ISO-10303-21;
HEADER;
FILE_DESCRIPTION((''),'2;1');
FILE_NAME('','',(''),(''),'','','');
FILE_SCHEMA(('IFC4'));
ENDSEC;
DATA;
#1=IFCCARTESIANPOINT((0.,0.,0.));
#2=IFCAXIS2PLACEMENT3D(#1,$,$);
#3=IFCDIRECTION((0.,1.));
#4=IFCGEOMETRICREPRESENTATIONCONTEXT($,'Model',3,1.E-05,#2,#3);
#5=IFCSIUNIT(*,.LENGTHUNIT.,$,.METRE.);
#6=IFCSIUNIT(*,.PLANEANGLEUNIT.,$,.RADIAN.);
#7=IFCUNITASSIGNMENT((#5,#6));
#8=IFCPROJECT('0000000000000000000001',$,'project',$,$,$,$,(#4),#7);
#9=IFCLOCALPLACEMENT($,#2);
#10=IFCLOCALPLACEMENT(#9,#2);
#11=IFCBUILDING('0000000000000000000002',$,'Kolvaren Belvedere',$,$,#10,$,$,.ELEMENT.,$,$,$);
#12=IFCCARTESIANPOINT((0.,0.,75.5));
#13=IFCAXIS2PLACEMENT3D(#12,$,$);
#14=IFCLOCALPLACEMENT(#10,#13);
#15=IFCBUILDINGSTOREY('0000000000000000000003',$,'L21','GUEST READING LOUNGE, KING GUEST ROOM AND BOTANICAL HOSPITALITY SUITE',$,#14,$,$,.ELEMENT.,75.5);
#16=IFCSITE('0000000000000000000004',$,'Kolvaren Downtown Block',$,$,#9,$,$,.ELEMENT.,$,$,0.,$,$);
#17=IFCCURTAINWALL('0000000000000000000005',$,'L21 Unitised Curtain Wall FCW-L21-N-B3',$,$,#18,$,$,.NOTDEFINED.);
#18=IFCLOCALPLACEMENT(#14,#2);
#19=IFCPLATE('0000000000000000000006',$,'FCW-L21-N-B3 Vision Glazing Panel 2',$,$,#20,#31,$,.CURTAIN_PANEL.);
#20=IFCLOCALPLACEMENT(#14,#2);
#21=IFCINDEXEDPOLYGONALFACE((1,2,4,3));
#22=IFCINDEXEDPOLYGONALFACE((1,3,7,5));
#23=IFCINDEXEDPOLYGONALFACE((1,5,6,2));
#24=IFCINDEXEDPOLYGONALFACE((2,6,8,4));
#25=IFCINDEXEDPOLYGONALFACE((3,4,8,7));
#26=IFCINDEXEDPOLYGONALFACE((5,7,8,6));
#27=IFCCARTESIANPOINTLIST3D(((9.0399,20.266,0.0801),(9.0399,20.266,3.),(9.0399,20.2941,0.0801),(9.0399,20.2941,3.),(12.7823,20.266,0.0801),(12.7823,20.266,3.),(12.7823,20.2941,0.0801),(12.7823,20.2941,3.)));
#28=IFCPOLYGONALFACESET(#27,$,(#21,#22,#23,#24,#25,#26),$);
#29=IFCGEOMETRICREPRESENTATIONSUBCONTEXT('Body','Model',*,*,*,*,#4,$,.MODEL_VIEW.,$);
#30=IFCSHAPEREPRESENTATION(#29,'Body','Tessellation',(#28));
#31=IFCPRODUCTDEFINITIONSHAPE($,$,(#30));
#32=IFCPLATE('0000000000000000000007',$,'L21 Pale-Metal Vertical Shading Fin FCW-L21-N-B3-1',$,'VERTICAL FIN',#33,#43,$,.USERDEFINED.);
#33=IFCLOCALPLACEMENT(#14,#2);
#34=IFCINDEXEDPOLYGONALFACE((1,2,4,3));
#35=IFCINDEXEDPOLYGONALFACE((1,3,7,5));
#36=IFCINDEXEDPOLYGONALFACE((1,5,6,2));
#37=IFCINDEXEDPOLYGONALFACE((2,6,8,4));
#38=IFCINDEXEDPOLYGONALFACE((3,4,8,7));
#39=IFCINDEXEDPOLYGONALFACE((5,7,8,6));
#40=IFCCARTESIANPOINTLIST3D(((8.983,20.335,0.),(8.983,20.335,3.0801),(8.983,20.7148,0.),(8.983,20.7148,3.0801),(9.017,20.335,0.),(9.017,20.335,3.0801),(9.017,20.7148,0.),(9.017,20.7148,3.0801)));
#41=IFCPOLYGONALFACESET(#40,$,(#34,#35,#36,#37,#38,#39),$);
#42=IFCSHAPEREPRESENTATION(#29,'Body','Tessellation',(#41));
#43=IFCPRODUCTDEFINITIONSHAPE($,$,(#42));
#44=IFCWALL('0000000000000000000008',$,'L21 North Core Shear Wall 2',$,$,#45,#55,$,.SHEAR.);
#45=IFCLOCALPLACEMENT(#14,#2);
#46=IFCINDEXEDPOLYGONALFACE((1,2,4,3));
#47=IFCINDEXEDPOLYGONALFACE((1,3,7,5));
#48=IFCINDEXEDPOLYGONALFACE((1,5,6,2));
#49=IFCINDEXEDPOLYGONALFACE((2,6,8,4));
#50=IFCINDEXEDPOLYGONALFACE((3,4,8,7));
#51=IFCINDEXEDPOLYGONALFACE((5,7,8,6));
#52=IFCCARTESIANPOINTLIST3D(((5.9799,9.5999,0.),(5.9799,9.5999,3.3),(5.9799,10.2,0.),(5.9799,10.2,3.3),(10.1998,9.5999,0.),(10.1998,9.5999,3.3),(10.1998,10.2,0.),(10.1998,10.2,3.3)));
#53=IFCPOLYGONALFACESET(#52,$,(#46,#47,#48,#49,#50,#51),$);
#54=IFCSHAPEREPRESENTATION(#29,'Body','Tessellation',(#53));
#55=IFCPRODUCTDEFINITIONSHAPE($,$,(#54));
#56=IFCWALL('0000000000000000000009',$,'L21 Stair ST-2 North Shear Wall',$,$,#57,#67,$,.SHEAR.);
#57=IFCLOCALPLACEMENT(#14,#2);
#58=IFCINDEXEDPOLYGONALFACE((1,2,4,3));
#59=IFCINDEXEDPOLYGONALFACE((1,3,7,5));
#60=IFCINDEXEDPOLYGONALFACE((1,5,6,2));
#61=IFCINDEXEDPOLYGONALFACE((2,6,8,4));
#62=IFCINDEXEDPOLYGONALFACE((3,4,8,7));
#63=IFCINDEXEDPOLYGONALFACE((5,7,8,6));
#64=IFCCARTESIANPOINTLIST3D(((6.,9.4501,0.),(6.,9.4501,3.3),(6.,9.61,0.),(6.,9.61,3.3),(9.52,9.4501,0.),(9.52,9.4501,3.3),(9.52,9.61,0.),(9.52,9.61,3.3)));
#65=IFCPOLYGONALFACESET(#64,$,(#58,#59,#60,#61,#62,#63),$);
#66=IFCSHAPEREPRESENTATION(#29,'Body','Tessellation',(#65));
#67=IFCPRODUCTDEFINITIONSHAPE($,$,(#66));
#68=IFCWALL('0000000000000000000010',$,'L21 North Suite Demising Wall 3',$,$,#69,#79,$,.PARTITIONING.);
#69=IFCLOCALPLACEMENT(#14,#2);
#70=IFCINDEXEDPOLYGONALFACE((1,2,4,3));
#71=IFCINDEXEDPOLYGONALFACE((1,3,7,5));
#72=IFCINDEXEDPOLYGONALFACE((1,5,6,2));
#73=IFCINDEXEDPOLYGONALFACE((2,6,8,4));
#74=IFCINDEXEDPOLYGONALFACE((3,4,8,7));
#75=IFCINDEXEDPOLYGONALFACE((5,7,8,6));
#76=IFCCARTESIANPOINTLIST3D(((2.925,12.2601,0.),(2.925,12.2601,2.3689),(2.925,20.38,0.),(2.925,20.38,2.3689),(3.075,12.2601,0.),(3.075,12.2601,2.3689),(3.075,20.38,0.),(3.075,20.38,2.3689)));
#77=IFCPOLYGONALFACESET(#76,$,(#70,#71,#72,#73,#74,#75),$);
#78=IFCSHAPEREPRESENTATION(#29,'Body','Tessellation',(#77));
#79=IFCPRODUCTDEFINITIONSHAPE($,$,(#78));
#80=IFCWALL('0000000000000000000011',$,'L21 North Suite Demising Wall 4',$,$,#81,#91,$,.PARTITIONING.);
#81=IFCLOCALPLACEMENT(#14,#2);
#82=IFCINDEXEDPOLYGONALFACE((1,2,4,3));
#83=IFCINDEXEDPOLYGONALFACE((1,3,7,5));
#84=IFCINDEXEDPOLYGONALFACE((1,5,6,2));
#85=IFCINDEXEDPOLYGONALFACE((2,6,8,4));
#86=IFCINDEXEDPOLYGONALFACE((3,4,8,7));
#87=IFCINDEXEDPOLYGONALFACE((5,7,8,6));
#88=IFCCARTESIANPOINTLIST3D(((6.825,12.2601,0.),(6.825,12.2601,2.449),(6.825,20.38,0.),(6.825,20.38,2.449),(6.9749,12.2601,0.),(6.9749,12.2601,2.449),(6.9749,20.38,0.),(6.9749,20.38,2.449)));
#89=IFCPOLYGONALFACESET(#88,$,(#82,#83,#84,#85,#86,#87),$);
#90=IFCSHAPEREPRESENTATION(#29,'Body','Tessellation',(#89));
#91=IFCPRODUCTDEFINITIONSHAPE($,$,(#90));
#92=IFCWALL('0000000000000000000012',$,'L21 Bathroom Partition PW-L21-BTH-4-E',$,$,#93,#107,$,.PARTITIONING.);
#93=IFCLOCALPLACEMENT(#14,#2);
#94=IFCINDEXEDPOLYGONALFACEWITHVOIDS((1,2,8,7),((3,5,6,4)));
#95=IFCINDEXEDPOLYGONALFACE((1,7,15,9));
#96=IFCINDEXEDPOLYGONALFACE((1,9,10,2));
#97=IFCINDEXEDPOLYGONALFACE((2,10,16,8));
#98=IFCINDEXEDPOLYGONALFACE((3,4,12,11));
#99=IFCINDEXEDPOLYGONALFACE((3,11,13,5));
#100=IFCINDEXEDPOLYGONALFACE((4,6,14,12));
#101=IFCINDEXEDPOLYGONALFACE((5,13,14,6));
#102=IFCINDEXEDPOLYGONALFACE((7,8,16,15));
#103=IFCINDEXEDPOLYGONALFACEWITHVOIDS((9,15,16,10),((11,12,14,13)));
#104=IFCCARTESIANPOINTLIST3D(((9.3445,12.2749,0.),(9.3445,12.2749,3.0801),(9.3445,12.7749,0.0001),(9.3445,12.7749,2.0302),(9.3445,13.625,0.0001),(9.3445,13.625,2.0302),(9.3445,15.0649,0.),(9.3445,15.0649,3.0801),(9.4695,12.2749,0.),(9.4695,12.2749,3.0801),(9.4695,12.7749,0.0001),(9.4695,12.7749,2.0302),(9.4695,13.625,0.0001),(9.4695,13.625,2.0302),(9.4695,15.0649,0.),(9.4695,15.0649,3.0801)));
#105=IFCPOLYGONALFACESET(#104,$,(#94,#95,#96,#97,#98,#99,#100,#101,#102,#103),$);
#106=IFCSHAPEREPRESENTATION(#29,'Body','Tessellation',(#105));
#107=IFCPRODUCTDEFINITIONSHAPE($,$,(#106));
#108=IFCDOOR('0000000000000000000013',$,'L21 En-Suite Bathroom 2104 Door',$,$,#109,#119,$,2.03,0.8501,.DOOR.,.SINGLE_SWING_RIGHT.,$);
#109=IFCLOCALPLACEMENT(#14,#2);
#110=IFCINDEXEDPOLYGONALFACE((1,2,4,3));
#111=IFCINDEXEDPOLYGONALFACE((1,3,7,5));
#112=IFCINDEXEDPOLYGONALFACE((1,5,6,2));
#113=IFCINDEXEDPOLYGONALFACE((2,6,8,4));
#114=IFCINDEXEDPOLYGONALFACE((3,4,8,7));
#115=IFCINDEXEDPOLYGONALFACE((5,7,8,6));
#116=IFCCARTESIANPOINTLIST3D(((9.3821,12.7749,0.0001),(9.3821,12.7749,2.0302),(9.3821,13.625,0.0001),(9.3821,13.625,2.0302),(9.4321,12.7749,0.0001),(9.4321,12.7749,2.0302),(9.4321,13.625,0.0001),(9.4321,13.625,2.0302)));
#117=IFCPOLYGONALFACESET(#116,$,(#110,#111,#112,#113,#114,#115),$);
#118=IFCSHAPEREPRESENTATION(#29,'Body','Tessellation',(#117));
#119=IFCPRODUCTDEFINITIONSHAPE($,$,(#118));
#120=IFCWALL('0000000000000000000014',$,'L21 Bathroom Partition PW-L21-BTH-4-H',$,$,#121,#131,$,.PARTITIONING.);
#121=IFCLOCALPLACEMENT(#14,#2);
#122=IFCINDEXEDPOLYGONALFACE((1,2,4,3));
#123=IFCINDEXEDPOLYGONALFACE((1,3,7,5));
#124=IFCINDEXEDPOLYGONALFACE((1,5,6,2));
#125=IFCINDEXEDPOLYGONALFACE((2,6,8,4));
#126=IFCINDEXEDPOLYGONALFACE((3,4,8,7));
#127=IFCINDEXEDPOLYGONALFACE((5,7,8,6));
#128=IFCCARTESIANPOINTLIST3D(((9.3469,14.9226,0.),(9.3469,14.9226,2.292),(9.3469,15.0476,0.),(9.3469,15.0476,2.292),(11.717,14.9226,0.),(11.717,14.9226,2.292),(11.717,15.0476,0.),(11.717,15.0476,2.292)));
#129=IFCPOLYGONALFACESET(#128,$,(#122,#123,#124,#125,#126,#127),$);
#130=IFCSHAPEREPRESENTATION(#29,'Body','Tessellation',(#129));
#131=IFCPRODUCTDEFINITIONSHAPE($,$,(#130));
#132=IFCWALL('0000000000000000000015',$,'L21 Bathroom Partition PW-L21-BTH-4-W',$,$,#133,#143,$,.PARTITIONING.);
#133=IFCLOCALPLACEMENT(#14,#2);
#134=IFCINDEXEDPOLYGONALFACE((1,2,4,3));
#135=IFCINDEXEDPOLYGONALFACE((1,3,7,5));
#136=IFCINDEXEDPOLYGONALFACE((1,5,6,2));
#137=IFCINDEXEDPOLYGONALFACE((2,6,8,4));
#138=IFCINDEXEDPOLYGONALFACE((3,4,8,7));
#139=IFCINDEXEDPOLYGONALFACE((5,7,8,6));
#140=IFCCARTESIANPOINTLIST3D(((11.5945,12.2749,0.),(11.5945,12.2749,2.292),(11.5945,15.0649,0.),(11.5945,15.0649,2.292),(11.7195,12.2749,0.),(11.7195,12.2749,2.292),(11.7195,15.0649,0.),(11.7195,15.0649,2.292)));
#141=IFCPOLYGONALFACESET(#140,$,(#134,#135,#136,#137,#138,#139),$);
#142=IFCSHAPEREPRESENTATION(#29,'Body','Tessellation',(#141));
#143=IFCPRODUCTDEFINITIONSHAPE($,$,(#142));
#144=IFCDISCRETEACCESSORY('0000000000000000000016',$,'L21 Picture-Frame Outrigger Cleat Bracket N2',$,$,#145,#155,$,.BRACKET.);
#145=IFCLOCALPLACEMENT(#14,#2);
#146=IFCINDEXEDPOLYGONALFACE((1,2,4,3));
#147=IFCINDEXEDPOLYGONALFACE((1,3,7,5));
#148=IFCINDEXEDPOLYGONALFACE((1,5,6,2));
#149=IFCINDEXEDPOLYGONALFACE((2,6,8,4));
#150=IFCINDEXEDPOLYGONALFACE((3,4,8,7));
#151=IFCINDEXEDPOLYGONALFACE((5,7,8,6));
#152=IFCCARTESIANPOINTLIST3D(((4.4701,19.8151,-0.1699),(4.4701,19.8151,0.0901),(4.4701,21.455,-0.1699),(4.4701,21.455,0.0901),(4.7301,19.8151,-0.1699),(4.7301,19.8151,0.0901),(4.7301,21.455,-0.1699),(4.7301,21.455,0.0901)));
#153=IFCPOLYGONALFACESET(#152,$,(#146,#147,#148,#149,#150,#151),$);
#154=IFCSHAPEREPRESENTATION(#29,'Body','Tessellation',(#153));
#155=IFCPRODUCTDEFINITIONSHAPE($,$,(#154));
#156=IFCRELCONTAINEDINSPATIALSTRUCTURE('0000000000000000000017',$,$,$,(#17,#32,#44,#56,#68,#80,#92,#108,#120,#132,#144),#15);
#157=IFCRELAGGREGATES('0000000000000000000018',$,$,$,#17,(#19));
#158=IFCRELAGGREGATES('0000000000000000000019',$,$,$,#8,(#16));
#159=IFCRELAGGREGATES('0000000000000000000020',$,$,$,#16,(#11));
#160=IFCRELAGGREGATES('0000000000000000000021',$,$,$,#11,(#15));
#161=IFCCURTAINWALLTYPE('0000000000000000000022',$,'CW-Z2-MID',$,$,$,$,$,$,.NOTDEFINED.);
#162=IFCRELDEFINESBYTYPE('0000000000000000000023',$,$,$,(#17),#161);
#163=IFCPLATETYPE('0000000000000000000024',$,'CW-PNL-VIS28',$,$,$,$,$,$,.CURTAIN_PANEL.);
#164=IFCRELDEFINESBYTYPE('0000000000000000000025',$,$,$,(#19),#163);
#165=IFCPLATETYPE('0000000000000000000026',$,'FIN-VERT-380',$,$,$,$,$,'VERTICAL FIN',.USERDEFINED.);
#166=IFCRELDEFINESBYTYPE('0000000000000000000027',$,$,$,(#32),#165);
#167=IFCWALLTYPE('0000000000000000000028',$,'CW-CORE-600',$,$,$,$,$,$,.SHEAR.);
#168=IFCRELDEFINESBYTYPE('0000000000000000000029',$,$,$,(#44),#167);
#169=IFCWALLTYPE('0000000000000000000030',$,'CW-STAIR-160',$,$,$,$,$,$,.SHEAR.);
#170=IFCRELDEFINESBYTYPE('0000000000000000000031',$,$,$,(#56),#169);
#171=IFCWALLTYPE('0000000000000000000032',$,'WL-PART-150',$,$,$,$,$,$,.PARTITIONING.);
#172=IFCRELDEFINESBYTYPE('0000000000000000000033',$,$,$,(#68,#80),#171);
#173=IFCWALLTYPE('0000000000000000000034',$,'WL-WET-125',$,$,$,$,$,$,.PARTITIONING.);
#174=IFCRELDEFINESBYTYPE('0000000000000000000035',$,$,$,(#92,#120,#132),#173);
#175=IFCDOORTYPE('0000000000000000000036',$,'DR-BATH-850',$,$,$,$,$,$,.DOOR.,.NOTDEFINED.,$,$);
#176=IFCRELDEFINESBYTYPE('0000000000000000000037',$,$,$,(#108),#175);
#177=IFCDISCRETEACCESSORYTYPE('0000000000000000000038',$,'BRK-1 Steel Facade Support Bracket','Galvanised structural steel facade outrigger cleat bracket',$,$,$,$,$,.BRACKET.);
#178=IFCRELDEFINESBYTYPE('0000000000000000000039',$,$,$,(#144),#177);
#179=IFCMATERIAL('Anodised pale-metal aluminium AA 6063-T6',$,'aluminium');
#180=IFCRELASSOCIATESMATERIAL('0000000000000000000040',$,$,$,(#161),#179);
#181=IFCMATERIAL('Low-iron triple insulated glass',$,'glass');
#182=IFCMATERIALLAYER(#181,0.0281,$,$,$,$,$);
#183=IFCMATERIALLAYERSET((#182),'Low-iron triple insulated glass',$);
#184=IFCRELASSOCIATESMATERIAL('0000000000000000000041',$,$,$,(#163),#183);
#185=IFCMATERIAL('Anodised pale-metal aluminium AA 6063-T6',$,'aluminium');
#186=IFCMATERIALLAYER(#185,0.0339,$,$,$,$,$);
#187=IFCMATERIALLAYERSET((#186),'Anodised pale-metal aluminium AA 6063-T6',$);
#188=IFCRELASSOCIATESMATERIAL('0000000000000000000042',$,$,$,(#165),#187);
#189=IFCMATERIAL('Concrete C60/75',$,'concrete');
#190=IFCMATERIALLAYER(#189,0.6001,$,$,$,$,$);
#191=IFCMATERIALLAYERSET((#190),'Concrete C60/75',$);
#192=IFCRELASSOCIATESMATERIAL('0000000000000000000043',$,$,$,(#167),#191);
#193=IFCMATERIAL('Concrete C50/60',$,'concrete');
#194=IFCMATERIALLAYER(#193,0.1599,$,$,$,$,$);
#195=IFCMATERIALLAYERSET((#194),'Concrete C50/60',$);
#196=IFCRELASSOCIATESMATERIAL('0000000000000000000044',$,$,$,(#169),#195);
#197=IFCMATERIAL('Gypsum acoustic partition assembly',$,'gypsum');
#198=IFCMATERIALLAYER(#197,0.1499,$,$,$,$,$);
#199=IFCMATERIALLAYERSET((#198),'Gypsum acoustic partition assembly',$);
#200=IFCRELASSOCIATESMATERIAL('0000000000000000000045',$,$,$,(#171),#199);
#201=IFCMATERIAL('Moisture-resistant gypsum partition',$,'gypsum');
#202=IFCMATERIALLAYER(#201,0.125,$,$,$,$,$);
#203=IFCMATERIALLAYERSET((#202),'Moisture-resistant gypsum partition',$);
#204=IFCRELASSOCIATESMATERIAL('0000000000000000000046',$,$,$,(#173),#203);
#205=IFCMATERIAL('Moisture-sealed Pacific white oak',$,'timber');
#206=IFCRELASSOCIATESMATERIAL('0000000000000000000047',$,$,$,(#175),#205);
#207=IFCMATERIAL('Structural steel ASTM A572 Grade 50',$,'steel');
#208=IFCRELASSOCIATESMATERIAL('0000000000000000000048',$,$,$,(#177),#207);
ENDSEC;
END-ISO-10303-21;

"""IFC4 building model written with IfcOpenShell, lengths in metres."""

from ifc_helpers import new_model, si_unit, direction, frame, frame_2d, origin, origin_2d, place, context, subcontext, project, spatial, rectangle, extrude, material, layer, layer_set, type_object, element, fill, aggregate, save


model = new_model("IFC4")

# Units and contexts
model_context = context("Model", 3, precision=1e-05, world=origin(), true_north=direction((0.0, 1.0)))
body_context = subcontext(model_context, "Body", "Model", "MODEL_VIEW")
ifc_project = project(units=[si_unit("LENGTHUNIT", "METRE"), si_unit("PLANEANGLEUNIT", "RADIAN")], contexts=[model_context])

# Site, building, storey
site_placement = place(None, origin())
site = spatial("IfcSite", under=ifc_project, at=site_placement, Name="Kolvaren Downtown Block", CompositionType="ELEMENT", RefElevation=0.0)
building_placement = place(site_placement, origin())
building = spatial("IfcBuilding", under=site, at=building_placement, Name="Kolvaren Belvedere", CompositionType="ELEMENT")
storey_placement = place(building_placement, frame((0.0, 0.0, 75.5)))
storey = spatial("IfcBuildingStorey", under=building, at=storey_placement, Name="L21", Description="GUEST READING LOUNGE, KING GUEST ROOM AND BOTANICAL HOSPITALITY SUITE", CompositionType="ELEMENT", Elevation=75.5)

# Shared definitions
ifc_material_1 = material(Name="Anodised pale-metal aluminium AA 6063-T6", Category="aluminium")
curtain_wall_type = type_object("IfcCurtainWallType", Name="CW-Z2-MID", PredefinedType="NOTDEFINED", material=ifc_material_1)

# Curtain wall
curtain_wall_1_placement = place(storey_placement, origin())
curtain_wall_1 = element("IfcCurtainWall", 1, at=curtain_wall_1_placement, inside=storey, type_object=curtain_wall_type, Name="L21 Unitised Curtain Wall FCW-L21-N-B3", PredefinedType="NOTDEFINED")

# Plates
ifc_material_2 = material(Name="Low-iron triple insulated glass", Category="glass")
ifc_layer_1 = layer(ifc_material_2, 0.0281)
ifc_layer_set_1 = layer_set([ifc_layer_1], Name="Low-iron triple insulated glass")
plate_type_1 = type_object("IfcPlateType", Name="CW-PNL-VIS28", PredefinedType="CURTAIN_PANEL", material=ifc_layer_set_1)
plate_1_placement = place(storey_placement, frame((10.9111, 20.28, 0.0801), z_axis=(0.0, 0.0, 1.0), x_axis=(1.0, 0.0, 0.0)))
plate_1 = element("IfcPlate", 2, at=plate_1_placement, type_object=plate_type_1, Name="FCW-L21-N-B3 Vision Glazing Panel 2", PredefinedType="CURTAIN_PANEL", context=body_context, shape_type="SweptSolid", body=[
    extrude(rectangle(XDim=3.7424, YDim=0.0281, at=origin_2d()), origin(), (0.0, 0.0, 1.0), 2.9199),
])
aggregate(curtain_wall_1, [plate_1])
ifc_material_3 = material(Name="Anodised pale-metal aluminium AA 6063-T6", Category="aluminium")
ifc_layer_2 = layer(ifc_material_3, 0.0339)
ifc_layer_set_2 = layer_set([ifc_layer_2], Name="Anodised pale-metal aluminium AA 6063-T6")
plate_type_2 = type_object("IfcPlateType", Name="FIN-VERT-380", ElementType="VERTICAL FIN", PredefinedType="USERDEFINED", material=ifc_layer_set_2)
plate_2_placement = place(storey_placement, frame((9.0, 20.5249, 0.0), z_axis=(0.0, 0.0, 1.0), x_axis=(0.0, 1.0, 0.0)))
element("IfcPlate", 3, at=plate_2_placement, inside=storey, type_object=plate_type_2, Name="L21 Pale-Metal Vertical Shading Fin FCW-L21-N-B3-1", ObjectType="VERTICAL FIN", PredefinedType="USERDEFINED", context=body_context, shape_type="SweptSolid", body=[
    extrude(rectangle(XDim=0.3799, YDim=0.0339, at=origin_2d()), origin(), (0.0, 0.0, 1.0), 3.0801),
])

# Walls
ifc_material_4 = material(Name="Concrete C60/75", Category="concrete")
ifc_layer_3 = layer(ifc_material_4, 0.6001)
ifc_layer_set_3 = layer_set([ifc_layer_3], Name="Concrete C60/75")
wall_type_1 = type_object("IfcWallType", Name="CW-CORE-600", PredefinedType="SHEAR", material=ifc_layer_set_3)
wall_1_placement = place(storey_placement, frame((5.98, 9.8999, 0.0), z_axis=(0.0, 0.0, 1.0), x_axis=(1.0, 0.0, 0.0)))
element("IfcWall", 4, at=wall_1_placement, inside=storey, type_object=wall_type_1, Name="L21 North Core Shear Wall 2", PredefinedType="SHEAR", context=body_context, shape_type="SweptSolid", body=[
    extrude(rectangle(XDim=4.22, YDim=0.6001, at=frame_2d((2.1099, 0.0))), origin(), (0.0, 0.0, 1.0), 3.3),
])
ifc_material_5 = material(Name="Concrete C50/60", Category="concrete")
ifc_layer_4 = layer(ifc_material_5, 0.1599)
ifc_layer_set_4 = layer_set([ifc_layer_4], Name="Concrete C50/60")
wall_type_2 = type_object("IfcWallType", Name="CW-STAIR-160", PredefinedType="SHEAR", material=ifc_layer_set_4)
wall_2_placement = place(storey_placement, frame((6.0, 9.53, 0.0), z_axis=(0.0, 0.0, 1.0), x_axis=(1.0, 0.0, 0.0)))
element("IfcWall", 5, at=wall_2_placement, inside=storey, type_object=wall_type_2, Name="L21 Stair ST-2 North Shear Wall", PredefinedType="SHEAR", context=body_context, shape_type="SweptSolid", body=[
    extrude(rectangle(XDim=3.52, YDim=0.1599, at=frame_2d((1.76, 0.0))), origin(), (0.0, 0.0, 1.0), 3.3),
])
ifc_material_6 = material(Name="Gypsum acoustic partition assembly", Category="gypsum")
ifc_layer_5 = layer(ifc_material_6, 0.1499)
ifc_layer_set_5 = layer_set([ifc_layer_5], Name="Gypsum acoustic partition assembly")
wall_type_3 = type_object("IfcWallType", Name="WL-PART-150", PredefinedType="PARTITIONING", material=ifc_layer_set_5)
wall_3_placement = place(storey_placement, frame((3.0, 12.26, 0.0), z_axis=(0.0, 0.0, 1.0), x_axis=(0.0, 1.0, 0.0)))
element("IfcWall", 6, at=wall_3_placement, inside=storey, type_object=wall_type_3, Name="L21 North Suite Demising Wall 3", PredefinedType="PARTITIONING", context=body_context, shape_type="SweptSolid", body=[
    extrude(rectangle(XDim=8.1199, YDim=0.1499, at=frame_2d((4.0601, 0.0))), origin(), (0.0, 0.0, 1.0), 2.3689),
])
wall_4_placement = place(storey_placement, frame((6.8999, 12.26, 0.0), z_axis=(0.0, 0.0, 1.0), x_axis=(0.0, 1.0, 0.0)))
element("IfcWall", 7, at=wall_4_placement, inside=storey, type_object=wall_type_3, Name="L21 North Suite Demising Wall 4", PredefinedType="PARTITIONING", context=body_context, shape_type="SweptSolid", body=[
    extrude(rectangle(XDim=8.1199, YDim=0.1499, at=frame_2d((4.0601, 0.0))), origin(), (0.0, 0.0, 1.0), 2.449),
])

# Wall, opening, door
ifc_material_7 = material(Name="Moisture-resistant gypsum partition", Category="gypsum")
ifc_layer_6 = layer(ifc_material_7, 0.125)
ifc_layer_set_6 = layer_set([ifc_layer_6], Name="Moisture-resistant gypsum partition")
wall_type_4 = type_object("IfcWallType", Name="WL-WET-125", PredefinedType="PARTITIONING", material=ifc_layer_set_6)
wall_5_placement = place(storey_placement, frame((9.407, 12.2749, 0.0), z_axis=(0.0, 0.0, 1.0), x_axis=(0.0, 1.0, 0.0)))
wall_5 = element("IfcWall", 8, at=wall_5_placement, inside=storey, type_object=wall_type_4, Name="L21 Bathroom Partition PW-L21-BTH-4-E", PredefinedType="PARTITIONING", context=body_context, shape_type="SweptSolid", body=[
    extrude(rectangle(XDim=2.79, YDim=0.125, at=frame_2d((1.395, 0.0))), origin(), (0.0, 0.0, 1.0), 3.0801),
])
opening_placement = place(wall_5_placement, frame((0.5, 0.0, 0.0)))
opening = element("IfcOpeningElement", 9, at=opening_placement, cuts=wall_5, PredefinedType="OPENING", context=body_context, shape_type="SweptSolid", body=[
    extrude(rectangle(XDim=0.8501, YDim=2.03, at=frame_2d((0.425, 1.0151))), frame((0.0, 0.0725, 0.0), z_axis=(0.0, -1.0, 0.0), x_axis=(1.0, 0.0, 0.0)), (0.0, 0.0, 1.0), 0.145),
])
ifc_material_8 = material(Name="Moisture-sealed Pacific white oak", Category="timber")
door_type = type_object("IfcDoorType", Name="DR-BATH-850", OperationType="NOTDEFINED", PredefinedType="DOOR", material=ifc_material_8)
door_placement = place(opening_placement, origin())
door = element("IfcDoor", 10, at=door_placement, inside=storey, type_object=door_type, Name="L21 En-Suite Bathroom 2104 Door", OperationType="SINGLE_SWING_RIGHT", OverallHeight=2.03, OverallWidth=0.8501, PredefinedType="DOOR", context=body_context, shape_type="SweptSolid", body=[
    extrude(rectangle(XDim=0.8501, YDim=2.03, at=frame_2d((0.425, 1.0151))), frame((0.0, 0.0249, 0.0), z_axis=(0.0, -1.0, 0.0), x_axis=(1.0, 0.0, 0.0)), (0.0, 0.0, 1.0), 0.05),
])
fill(opening, door)

# Walls
wall_6_placement = place(storey_placement, frame((9.3469, 14.9851, 0.0), z_axis=(0.0, 0.0, 1.0), x_axis=(1.0, 0.0, 0.0)))
element("IfcWall", 11, at=wall_6_placement, inside=storey, type_object=wall_type_4, Name="L21 Bathroom Partition PW-L21-BTH-4-H", PredefinedType="PARTITIONING", context=body_context, shape_type="SweptSolid", body=[
    extrude(rectangle(XDim=2.3701, YDim=0.125, at=frame_2d((1.1851, 0.0))), origin(), (0.0, 0.0, 1.0), 2.292),
])
wall_7_placement = place(storey_placement, frame((11.657, 12.2749, 0.0), z_axis=(0.0, 0.0, 1.0), x_axis=(0.0, 1.0, 0.0)))
element("IfcWall", 12, at=wall_7_placement, inside=storey, type_object=wall_type_4, Name="L21 Bathroom Partition PW-L21-BTH-4-W", PredefinedType="PARTITIONING", context=body_context, shape_type="SweptSolid", body=[
    extrude(rectangle(XDim=2.79, YDim=0.125, at=frame_2d((1.395, 0.0))), origin(), (0.0, 0.0, 1.0), 2.292),
])

# Discrete accessory
ifc_material_9 = material(Name="Structural steel ASTM A572 Grade 50", Category="steel")
discrete_accessory_type = type_object("IfcDiscreteAccessoryType", Name="BRK-1 Steel Facade Support Bracket", Description="Galvanised structural steel facade outrigger cleat bracket", PredefinedType="BRACKET", material=ifc_material_9)
discrete_accessory_placement = place(storey_placement, frame((4.6001, 20.635, -0.1699), z_axis=(0.0, 0.0, 1.0), x_axis=(0.0, 1.0, 0.0)))
element("IfcDiscreteAccessory", 13, at=discrete_accessory_placement, inside=storey, type_object=discrete_accessory_type, Name="L21 Picture-Frame Outrigger Cleat Bracket N2", PredefinedType="BRACKET", context=body_context, shape_type="SweptSolid", body=[
    extrude(rectangle(XDim=1.6399, YDim=0.26, at=origin_2d()), origin(), (0.0, 0.0, 1.0), 0.26),
])

save(model, "model.ifc")
